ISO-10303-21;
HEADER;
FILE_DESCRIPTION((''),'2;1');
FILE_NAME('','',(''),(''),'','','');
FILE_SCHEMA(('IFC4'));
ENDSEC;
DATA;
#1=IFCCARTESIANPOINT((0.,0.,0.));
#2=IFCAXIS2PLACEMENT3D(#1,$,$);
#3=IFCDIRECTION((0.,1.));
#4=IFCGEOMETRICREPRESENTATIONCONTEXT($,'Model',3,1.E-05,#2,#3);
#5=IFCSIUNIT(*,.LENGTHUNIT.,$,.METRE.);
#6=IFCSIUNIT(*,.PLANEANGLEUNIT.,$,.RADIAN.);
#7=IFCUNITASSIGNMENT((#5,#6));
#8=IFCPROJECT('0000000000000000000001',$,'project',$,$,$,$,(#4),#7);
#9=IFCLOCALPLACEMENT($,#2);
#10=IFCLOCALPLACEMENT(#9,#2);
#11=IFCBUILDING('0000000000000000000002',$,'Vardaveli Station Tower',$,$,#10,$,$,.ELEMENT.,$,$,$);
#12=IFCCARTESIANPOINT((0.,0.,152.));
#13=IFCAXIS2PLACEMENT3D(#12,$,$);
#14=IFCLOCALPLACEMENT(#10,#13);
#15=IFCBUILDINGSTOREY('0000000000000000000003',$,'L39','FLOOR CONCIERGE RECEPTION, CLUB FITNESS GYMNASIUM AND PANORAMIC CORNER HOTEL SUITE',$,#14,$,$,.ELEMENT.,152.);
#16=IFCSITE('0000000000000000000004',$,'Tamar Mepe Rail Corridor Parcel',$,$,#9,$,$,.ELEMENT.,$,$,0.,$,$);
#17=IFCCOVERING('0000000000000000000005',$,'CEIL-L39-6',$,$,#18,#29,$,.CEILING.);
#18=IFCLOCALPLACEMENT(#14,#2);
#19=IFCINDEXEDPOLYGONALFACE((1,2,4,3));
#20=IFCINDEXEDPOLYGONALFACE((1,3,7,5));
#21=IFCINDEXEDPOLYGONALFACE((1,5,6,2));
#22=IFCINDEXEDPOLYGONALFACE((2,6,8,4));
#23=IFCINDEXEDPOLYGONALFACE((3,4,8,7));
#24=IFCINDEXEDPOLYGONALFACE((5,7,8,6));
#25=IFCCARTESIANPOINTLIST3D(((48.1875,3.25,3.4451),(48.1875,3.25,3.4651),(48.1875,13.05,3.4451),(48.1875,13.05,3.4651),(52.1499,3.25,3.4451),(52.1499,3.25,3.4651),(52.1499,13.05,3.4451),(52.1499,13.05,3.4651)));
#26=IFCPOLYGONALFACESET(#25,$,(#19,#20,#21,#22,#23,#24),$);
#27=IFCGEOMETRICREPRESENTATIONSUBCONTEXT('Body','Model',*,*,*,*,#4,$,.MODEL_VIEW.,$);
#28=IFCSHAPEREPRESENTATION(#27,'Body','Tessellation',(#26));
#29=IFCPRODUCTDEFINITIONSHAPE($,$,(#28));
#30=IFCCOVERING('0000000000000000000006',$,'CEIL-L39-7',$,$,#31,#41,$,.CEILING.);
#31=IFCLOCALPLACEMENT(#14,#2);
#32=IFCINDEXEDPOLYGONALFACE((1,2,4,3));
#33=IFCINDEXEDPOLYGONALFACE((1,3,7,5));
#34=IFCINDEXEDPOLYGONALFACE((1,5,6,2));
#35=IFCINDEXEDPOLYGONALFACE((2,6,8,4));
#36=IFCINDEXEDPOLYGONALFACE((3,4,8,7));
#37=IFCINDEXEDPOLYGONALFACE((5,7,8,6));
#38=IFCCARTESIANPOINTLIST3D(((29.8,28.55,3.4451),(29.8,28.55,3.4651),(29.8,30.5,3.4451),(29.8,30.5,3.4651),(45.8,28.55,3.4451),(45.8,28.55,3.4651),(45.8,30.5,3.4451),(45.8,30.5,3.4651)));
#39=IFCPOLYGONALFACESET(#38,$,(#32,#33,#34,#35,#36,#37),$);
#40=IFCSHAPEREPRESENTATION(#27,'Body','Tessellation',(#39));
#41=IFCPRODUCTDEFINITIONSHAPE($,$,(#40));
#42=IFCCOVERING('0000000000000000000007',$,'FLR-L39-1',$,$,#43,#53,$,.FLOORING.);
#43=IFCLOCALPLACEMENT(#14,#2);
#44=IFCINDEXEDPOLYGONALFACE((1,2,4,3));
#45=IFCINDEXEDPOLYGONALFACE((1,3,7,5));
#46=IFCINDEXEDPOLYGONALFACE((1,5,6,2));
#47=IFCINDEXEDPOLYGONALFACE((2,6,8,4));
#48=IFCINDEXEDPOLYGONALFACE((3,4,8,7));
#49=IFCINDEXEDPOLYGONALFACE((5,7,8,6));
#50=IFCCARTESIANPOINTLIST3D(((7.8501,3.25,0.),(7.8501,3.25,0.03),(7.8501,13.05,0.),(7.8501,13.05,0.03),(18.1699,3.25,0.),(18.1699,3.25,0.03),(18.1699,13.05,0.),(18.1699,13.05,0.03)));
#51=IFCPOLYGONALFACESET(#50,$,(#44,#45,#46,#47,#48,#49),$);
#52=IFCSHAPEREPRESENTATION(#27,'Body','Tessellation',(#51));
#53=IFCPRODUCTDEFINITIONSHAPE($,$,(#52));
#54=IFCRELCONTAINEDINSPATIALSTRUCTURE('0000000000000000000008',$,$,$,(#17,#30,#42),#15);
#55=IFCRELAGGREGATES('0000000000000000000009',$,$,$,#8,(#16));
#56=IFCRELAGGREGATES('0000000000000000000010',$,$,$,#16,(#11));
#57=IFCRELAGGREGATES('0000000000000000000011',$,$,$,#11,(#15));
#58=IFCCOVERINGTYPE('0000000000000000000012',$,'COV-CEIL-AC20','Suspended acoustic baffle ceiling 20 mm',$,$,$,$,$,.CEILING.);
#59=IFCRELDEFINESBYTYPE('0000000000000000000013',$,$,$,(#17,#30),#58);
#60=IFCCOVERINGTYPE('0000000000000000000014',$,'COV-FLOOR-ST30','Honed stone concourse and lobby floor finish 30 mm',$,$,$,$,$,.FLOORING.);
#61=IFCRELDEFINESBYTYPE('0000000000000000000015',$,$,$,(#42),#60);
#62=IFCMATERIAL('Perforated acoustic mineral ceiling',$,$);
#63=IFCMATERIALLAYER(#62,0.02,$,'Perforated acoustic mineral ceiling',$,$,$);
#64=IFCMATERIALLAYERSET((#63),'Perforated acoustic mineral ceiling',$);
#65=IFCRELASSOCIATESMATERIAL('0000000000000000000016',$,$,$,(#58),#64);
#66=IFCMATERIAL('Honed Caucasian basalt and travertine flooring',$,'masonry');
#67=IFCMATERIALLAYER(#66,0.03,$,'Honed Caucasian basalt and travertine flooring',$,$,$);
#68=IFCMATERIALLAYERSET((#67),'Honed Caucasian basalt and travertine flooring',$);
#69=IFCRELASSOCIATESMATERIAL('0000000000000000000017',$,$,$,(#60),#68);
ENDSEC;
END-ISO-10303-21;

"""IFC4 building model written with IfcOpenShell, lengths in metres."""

from ifc_helpers import new_model, si_unit, direction, frame, origin, place, context, subcontext, project, spatial, polyline, outline, extrude, material, layer, layer_set, type_object, element, save


model = new_model("IFC4")

# Units and contexts
model_context = context("Model", 3, precision=1e-05, world=origin(), true_north=direction((0.0, 1.0)))
body_context = subcontext(model_context, "Body", "Model", "MODEL_VIEW")
ifc_project = project(units=[si_unit("LENGTHUNIT", "METRE"), si_unit("PLANEANGLEUNIT", "RADIAN")], contexts=[model_context])

# Site, building, storey
site_placement = place(None, origin())
site = spatial("IfcSite", under=ifc_project, at=site_placement, Name="Tamar Mepe Rail Corridor Parcel", CompositionType="ELEMENT", RefElevation=0.0)
building_placement = place(site_placement, origin())
building = spatial("IfcBuilding", under=site, at=building_placement, Name="Vardaveli Station Tower", CompositionType="ELEMENT")
storey_placement = place(building_placement, frame((0.0, 0.0, 152.0)))
storey = spatial("IfcBuildingStorey", under=building, at=storey_placement, Name="L39", Description="FLOOR CONCIERGE RECEPTION, CLUB FITNESS GYMNASIUM AND PANORAMIC CORNER HOTEL SUITE", CompositionType="ELEMENT", Elevation=152.0)

# Coverings
ifc_material_1 = material(Name="Perforated acoustic mineral ceiling")
ifc_layer_1 = layer(ifc_material_1, 0.02, Name="Perforated acoustic mineral ceiling")
ifc_layer_set_1 = layer_set([ifc_layer_1], Name="Perforated acoustic mineral ceiling")
covering_type_1 = type_object("IfcCoveringType", Name="COV-CEIL-AC20", Description="Suspended acoustic baffle ceiling 20 mm", PredefinedType="CEILING", material=ifc_layer_set_1)
covering_1_placement = place(storey_placement, frame((0.0, 0.0, 3.4451)))
element("IfcCovering", 1, at=covering_1_placement, inside=storey, type_object=covering_type_1, Name="CEIL-L39-6", PredefinedType="CEILING", context=body_context, shape_type="SweptSolid", body=[
    extrude(outline(polyline([(48.1875, 3.25), (52.1499, 3.25), (52.1499, 13.05), (48.1875, 13.05), (48.1875, 3.25)])), origin(), (0.0, 0.0, 1.0), 0.02),
])
covering_2_placement = place(storey_placement, frame((0.0, 0.0, 3.4451)))
element("IfcCovering", 2, at=covering_2_placement, inside=storey, type_object=covering_type_1, Name="CEIL-L39-7", PredefinedType="CEILING", context=body_context, shape_type="SweptSolid", body=[
    extrude(outline(polyline([(29.8, 28.55), (45.8, 28.55), (45.8, 30.5), (29.8, 30.5), (29.8, 28.55)])), origin(), (0.0, 0.0, 1.0), 0.02),
])
ifc_material_2 = material(Name="Honed Caucasian basalt and travertine flooring", Category="masonry")
ifc_layer_2 = layer(ifc_material_2, 0.03, Name="Honed Caucasian basalt and travertine flooring")
ifc_layer_set_2 = layer_set([ifc_layer_2], Name="Honed Caucasian basalt and travertine flooring")
covering_type_2 = type_object("IfcCoveringType", Name="COV-FLOOR-ST30", Description="Honed stone concourse and lobby floor finish 30 mm", PredefinedType="FLOORING", material=ifc_layer_set_2)
covering_3_placement = place(storey_placement, origin())
element("IfcCovering", 3, at=covering_3_placement, inside=storey, type_object=covering_type_2, Name="FLR-L39-1", PredefinedType="FLOORING", context=body_context, shape_type="SweptSolid", body=[
    extrude(outline(polyline([(7.8501, 3.25), (18.1699, 3.25), (18.1699, 13.05), (7.8501, 13.05), (7.8501, 3.25)])), origin(), (0.0, 0.0, 1.0), 0.03),
])

save(model, "model.ifc")
